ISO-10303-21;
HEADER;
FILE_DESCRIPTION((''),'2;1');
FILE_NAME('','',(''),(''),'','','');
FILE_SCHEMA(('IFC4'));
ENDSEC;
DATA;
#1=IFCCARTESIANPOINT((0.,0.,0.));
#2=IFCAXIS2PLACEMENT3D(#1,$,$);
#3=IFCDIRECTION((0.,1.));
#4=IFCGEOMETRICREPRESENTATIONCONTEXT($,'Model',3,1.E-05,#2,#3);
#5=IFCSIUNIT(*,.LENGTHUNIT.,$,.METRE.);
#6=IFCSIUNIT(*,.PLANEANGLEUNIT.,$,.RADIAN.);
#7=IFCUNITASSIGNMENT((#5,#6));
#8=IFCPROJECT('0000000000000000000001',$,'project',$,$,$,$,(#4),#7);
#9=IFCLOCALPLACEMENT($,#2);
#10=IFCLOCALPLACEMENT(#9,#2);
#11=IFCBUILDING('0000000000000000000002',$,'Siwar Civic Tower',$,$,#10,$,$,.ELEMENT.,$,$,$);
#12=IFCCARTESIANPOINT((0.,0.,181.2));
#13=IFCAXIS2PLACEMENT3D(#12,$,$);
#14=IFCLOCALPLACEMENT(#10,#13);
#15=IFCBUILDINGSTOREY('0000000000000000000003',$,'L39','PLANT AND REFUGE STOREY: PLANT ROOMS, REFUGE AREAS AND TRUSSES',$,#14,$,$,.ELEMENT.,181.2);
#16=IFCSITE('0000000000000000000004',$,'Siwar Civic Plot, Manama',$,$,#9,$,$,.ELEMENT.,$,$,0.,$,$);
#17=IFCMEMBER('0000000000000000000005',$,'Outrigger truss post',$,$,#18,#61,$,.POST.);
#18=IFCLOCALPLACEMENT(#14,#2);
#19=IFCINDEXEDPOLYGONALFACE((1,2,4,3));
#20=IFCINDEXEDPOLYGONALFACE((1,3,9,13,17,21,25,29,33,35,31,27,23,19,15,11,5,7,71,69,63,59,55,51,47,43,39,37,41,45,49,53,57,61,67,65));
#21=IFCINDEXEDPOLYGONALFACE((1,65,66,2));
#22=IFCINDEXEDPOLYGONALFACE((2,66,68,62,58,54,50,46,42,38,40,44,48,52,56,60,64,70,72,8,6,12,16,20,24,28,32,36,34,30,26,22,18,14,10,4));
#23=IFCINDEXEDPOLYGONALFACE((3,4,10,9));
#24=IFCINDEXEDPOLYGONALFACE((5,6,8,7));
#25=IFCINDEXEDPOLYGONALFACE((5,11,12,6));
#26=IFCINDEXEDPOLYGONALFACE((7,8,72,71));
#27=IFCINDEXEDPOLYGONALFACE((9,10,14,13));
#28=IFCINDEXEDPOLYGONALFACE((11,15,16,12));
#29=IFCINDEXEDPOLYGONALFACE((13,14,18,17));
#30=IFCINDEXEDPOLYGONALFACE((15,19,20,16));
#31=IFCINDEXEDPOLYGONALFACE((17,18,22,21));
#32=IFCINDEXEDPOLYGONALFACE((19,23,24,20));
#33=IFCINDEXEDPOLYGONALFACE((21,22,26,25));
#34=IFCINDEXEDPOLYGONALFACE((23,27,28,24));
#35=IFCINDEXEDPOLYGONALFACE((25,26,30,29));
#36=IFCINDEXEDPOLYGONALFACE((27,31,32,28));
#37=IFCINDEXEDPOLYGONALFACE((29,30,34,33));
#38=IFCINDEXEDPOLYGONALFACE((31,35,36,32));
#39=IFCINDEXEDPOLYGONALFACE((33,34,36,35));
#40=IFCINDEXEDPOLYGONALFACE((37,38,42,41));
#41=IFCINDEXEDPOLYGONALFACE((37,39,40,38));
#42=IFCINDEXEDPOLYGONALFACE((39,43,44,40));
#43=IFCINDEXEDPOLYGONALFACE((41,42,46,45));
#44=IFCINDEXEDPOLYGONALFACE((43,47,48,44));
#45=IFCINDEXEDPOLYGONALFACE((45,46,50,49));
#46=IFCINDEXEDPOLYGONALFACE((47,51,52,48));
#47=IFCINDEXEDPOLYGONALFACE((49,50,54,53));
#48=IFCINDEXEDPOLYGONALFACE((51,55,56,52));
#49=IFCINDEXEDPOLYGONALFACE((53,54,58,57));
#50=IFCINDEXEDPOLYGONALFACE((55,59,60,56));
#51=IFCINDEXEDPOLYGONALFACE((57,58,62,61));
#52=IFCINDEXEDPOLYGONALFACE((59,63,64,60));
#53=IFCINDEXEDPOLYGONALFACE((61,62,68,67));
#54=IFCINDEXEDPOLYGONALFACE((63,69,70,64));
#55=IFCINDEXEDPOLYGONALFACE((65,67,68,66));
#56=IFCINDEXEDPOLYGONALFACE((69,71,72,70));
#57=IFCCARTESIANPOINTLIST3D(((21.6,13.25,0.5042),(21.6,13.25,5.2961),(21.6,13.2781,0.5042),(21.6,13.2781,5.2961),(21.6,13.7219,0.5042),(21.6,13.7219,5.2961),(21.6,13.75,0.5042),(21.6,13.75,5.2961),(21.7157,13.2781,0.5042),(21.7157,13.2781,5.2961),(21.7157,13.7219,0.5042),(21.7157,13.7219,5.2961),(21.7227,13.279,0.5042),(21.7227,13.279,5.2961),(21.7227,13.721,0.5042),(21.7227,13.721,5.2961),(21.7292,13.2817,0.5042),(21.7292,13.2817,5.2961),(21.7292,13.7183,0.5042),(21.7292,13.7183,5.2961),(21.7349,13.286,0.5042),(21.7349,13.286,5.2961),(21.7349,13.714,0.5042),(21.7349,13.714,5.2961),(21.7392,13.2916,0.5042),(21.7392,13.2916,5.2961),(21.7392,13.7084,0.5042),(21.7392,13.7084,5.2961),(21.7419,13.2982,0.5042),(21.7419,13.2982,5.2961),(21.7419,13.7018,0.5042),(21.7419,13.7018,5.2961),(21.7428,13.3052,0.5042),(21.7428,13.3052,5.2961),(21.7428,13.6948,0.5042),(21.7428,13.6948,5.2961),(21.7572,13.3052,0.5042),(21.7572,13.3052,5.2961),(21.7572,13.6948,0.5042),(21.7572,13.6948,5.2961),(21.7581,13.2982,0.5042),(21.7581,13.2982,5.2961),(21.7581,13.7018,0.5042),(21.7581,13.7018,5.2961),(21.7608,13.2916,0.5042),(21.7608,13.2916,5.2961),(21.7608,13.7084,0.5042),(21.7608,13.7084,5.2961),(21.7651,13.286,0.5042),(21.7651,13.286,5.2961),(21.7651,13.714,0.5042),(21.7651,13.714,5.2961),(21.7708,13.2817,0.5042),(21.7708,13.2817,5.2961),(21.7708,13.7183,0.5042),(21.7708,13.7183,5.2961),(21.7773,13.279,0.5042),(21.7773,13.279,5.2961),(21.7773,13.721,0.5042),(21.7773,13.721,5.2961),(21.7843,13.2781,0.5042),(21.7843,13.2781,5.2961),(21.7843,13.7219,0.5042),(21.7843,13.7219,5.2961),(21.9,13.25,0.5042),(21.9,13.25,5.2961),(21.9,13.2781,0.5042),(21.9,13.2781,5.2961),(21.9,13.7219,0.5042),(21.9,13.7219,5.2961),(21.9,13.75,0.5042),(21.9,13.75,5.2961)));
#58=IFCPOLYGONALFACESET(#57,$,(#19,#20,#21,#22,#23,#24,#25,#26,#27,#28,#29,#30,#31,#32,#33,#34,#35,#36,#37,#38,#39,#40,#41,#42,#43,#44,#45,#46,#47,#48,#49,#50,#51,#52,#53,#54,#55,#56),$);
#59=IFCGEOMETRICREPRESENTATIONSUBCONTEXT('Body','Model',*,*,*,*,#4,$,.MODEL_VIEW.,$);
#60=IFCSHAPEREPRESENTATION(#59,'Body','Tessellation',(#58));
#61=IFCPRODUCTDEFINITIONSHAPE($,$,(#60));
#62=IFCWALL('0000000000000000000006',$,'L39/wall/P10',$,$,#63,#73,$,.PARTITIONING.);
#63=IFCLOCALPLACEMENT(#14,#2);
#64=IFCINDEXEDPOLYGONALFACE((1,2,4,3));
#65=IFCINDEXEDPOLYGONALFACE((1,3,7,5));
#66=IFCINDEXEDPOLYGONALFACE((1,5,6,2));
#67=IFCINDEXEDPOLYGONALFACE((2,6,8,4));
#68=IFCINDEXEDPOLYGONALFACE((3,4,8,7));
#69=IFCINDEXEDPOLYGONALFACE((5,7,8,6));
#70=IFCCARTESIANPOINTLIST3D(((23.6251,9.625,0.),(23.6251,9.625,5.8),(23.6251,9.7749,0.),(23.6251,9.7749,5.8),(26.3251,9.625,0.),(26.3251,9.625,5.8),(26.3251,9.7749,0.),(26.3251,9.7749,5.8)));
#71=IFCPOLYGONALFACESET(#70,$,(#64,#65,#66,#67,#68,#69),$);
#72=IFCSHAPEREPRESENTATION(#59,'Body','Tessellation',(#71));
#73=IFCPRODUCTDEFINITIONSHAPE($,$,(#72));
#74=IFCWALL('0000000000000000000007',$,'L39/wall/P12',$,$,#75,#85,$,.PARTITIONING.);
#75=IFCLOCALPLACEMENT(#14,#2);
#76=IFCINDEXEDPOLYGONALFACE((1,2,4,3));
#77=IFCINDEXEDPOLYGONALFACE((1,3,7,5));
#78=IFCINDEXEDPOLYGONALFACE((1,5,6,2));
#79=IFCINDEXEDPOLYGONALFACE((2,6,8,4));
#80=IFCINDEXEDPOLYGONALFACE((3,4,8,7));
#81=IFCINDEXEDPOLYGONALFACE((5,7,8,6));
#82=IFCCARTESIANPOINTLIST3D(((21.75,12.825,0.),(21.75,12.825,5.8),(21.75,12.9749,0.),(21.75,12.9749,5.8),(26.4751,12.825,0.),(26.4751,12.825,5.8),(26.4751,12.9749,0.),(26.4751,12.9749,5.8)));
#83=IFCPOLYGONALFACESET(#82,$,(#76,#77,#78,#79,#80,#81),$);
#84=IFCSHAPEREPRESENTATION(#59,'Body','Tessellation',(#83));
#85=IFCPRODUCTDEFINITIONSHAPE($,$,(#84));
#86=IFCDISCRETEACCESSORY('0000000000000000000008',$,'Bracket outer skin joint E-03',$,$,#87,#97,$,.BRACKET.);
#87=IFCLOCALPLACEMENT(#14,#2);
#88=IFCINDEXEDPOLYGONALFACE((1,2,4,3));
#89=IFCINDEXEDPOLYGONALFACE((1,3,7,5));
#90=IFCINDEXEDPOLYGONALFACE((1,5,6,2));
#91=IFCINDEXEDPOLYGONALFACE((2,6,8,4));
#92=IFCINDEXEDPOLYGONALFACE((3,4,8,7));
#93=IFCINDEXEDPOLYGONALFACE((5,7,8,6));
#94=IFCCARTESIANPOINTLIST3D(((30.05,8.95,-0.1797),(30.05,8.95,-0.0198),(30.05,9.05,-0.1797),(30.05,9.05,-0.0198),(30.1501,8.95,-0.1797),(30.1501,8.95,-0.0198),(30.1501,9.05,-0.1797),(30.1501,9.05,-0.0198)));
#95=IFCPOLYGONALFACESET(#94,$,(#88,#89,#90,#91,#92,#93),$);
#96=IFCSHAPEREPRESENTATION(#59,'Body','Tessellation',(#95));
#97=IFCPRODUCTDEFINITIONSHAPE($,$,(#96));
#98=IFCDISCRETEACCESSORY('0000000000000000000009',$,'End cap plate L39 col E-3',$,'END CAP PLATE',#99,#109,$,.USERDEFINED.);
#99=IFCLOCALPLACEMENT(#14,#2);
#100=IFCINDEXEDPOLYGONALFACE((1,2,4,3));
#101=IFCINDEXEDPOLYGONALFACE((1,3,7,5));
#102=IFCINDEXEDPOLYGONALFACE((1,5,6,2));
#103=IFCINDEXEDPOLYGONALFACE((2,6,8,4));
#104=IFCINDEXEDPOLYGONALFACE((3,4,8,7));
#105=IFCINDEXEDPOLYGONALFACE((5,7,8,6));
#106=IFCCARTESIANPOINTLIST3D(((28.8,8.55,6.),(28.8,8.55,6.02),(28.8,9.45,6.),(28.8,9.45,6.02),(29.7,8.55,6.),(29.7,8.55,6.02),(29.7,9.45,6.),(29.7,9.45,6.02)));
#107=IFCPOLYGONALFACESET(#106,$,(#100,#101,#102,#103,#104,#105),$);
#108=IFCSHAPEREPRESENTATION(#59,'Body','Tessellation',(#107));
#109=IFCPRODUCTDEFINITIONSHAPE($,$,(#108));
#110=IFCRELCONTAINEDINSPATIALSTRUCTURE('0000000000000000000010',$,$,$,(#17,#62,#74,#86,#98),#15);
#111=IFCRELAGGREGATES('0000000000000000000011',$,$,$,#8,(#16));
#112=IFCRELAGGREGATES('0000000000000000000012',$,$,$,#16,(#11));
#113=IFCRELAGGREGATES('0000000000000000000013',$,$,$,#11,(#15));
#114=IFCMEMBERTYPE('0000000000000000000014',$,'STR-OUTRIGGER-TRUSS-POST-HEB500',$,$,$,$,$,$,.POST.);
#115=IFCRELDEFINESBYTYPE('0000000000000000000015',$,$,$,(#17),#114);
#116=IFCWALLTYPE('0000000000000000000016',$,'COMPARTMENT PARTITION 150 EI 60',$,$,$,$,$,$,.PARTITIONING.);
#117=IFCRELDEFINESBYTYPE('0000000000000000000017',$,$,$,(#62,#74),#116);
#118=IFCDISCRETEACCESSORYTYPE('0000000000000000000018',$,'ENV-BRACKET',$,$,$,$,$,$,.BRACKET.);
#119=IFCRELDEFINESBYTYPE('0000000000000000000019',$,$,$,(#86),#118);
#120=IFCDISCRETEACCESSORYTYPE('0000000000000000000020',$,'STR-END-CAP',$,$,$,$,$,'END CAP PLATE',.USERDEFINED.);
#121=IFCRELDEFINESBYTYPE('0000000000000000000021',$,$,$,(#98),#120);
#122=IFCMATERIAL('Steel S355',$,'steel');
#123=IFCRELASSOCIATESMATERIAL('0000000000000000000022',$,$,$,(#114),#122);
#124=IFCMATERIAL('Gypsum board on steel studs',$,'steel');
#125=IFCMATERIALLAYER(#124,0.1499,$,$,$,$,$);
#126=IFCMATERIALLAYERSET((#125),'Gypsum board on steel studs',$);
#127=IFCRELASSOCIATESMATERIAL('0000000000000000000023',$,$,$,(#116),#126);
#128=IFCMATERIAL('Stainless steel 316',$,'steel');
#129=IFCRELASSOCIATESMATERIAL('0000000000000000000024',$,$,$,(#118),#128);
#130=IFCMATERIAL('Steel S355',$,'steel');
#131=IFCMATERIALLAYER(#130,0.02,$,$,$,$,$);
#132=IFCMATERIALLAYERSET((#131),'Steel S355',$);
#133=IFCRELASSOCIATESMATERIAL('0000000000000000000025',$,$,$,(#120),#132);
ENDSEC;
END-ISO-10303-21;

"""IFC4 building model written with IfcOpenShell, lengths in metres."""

from ifc_helpers import new_model, si_unit, direction, frame, frame_2d, origin, origin_2d, place, context, subcontext, project, spatial, rectangle, i_section, extrude, material, layer, layer_set, material_profile, profile_set, type_object, element, save


model = new_model("IFC4")

# Units and contexts
model_context = context("Model", 3, precision=1e-05, world=origin(), true_north=direction((0.0, 1.0)))
body_context = subcontext(model_context, "Body", "Model", "MODEL_VIEW")
ifc_project = project(units=[si_unit("LENGTHUNIT", "METRE"), si_unit("PLANEANGLEUNIT", "RADIAN")], contexts=[model_context])

# Site, building, storey
site_placement = place(None, origin())
site = spatial("IfcSite", under=ifc_project, at=site_placement, Name="Siwar Civic Plot, Manama", CompositionType="ELEMENT", RefElevation=0.0)
building_placement = place(site_placement, origin())
building = spatial("IfcBuilding", under=site, at=building_placement, Name="Siwar Civic Tower", CompositionType="ELEMENT")
storey_placement = place(building_placement, frame((0.0, 0.0, 181.2)))
storey = spatial("IfcBuildingStorey", under=building, at=storey_placement, Name="L39", Description="PLANT AND REFUGE STOREY: PLANT ROOMS, REFUGE AREAS AND TRUSSES", CompositionType="ELEMENT", Elevation=181.2)

# Member
ifc_material_1 = material(Name="Steel S355", Category="steel")
ifc_material_profile_1 = material_profile(ifc_material_1, i_section(OverallWidth=0.3, OverallDepth=0.5, WebThickness=0.0144, FlangeThickness=0.0281, FilletRadius=0.0271, at=origin_2d()), Name="HEB500")
ifc_profile_set_1 = profile_set([ifc_material_profile_1], Name="Steel S355")
member_type_1 = type_object("IfcMemberType", Name="STR-OUTRIGGER-TRUSS-POST-HEB500", PredefinedType="POST", material=ifc_profile_set_1)
member_1_placement = place(storey_placement, frame((21.75, 13.5, 0.5042), z_axis=(0.0, 0.0, 1.0), x_axis=(1.0, 0.0, 0.0)))
element("IfcMember", 1, at=member_1_placement, inside=storey, type_object=member_type_1, Name="Outrigger truss post", PredefinedType="POST", context=body_context, shape_type="SweptSolid", body=[
    extrude(i_section(OverallWidth=0.3, OverallDepth=0.5, WebThickness=0.0144, FlangeThickness=0.0281, FilletRadius=0.0271, at=origin_2d()), origin(), (0.0, 0.0, 1.0), 4.792),
])

# Walls
ifc_material_2 = material(Name="Gypsum board on steel studs", Category="steel")
ifc_layer_1 = layer(ifc_material_2, 0.1499)
ifc_layer_set_1 = layer_set([ifc_layer_1], Name="Gypsum board on steel studs")
wall_type = type_object("IfcWallType", Name="COMPARTMENT PARTITION 150 EI 60", PredefinedType="PARTITIONING", material=ifc_layer_set_1)
wall_1_placement = place(storey_placement, frame((23.625, 9.7, 0.0), z_axis=(0.0, 0.0, 1.0), x_axis=(1.0, 0.0, 0.0)))
element("IfcWall", 2, at=wall_1_placement, inside=storey, type_object=wall_type, Name="L39/wall/P10", PredefinedType="PARTITIONING", context=body_context, shape_type="SweptSolid", body=[
    extrude(rectangle(XDim=2.7, YDim=0.1499, at=frame_2d((1.3501, 0.0))), origin(), (0.0, 0.0, 1.0), 5.8),
])
wall_2_placement = place(storey_placement, frame((21.75, 12.8999, 0.0), z_axis=(0.0, 0.0, 1.0), x_axis=(1.0, 0.0, 0.0)))
element("IfcWall", 3, at=wall_2_placement, inside=storey, type_object=wall_type, Name="L39/wall/P12", PredefinedType="PARTITIONING", context=body_context, shape_type="SweptSolid", body=[
    extrude(rectangle(XDim=4.7251, YDim=0.1499, at=frame_2d((2.3625, 0.0))), origin(), (0.0, 0.0, 1.0), 5.8),
])

# Discrete accessories
ifc_material_3 = material(Name="Stainless steel 316", Category="steel")
discrete_accessory_type_1 = type_object("IfcDiscreteAccessoryType", Name="ENV-BRACKET", PredefinedType="BRACKET", material=ifc_material_3)
discrete_accessory_1_placement = place(storey_placement, frame((30.1001, 9.0, -0.1797), z_axis=(0.0, 0.0, 1.0), x_axis=(1.0, 0.0, 0.0)))
element("IfcDiscreteAccessory", 4, at=discrete_accessory_1_placement, inside=storey, type_object=discrete_accessory_type_1, Name="Bracket outer skin joint E-03", PredefinedType="BRACKET", context=body_context, shape_type="SweptSolid", body=[
    extrude(rectangle(XDim=0.1001, YDim=0.1001, at=origin_2d()), origin(), (0.0, 0.0, 1.0), 0.1599),
])
ifc_material_4 = material(Name="Steel S355", Category="steel")
ifc_layer_2 = layer(ifc_material_4, 0.02)
ifc_layer_set_2 = layer_set([ifc_layer_2], Name="Steel S355")
discrete_accessory_type_2 = type_object("IfcDiscreteAccessoryType", Name="STR-END-CAP", ElementType="END CAP PLATE", PredefinedType="USERDEFINED", material=ifc_layer_set_2)
discrete_accessory_2_placement = place(storey_placement, frame((29.25, 9.0, 6.0), z_axis=(0.0, 0.0, 1.0), x_axis=(1.0, 0.0, 0.0)))
element("IfcDiscreteAccessory", 5, at=discrete_accessory_2_placement, inside=storey, type_object=discrete_accessory_type_2, Name="End cap plate L39 col E-3", ObjectType="END CAP PLATE", PredefinedType="USERDEFINED", context=body_context, shape_type="SweptSolid", body=[
    extrude(rectangle(XDim=0.8999, YDim=0.8999, at=origin_2d()), origin(), (0.0, 0.0, 1.0), 0.02),
])

save(model, "model.ifc")
